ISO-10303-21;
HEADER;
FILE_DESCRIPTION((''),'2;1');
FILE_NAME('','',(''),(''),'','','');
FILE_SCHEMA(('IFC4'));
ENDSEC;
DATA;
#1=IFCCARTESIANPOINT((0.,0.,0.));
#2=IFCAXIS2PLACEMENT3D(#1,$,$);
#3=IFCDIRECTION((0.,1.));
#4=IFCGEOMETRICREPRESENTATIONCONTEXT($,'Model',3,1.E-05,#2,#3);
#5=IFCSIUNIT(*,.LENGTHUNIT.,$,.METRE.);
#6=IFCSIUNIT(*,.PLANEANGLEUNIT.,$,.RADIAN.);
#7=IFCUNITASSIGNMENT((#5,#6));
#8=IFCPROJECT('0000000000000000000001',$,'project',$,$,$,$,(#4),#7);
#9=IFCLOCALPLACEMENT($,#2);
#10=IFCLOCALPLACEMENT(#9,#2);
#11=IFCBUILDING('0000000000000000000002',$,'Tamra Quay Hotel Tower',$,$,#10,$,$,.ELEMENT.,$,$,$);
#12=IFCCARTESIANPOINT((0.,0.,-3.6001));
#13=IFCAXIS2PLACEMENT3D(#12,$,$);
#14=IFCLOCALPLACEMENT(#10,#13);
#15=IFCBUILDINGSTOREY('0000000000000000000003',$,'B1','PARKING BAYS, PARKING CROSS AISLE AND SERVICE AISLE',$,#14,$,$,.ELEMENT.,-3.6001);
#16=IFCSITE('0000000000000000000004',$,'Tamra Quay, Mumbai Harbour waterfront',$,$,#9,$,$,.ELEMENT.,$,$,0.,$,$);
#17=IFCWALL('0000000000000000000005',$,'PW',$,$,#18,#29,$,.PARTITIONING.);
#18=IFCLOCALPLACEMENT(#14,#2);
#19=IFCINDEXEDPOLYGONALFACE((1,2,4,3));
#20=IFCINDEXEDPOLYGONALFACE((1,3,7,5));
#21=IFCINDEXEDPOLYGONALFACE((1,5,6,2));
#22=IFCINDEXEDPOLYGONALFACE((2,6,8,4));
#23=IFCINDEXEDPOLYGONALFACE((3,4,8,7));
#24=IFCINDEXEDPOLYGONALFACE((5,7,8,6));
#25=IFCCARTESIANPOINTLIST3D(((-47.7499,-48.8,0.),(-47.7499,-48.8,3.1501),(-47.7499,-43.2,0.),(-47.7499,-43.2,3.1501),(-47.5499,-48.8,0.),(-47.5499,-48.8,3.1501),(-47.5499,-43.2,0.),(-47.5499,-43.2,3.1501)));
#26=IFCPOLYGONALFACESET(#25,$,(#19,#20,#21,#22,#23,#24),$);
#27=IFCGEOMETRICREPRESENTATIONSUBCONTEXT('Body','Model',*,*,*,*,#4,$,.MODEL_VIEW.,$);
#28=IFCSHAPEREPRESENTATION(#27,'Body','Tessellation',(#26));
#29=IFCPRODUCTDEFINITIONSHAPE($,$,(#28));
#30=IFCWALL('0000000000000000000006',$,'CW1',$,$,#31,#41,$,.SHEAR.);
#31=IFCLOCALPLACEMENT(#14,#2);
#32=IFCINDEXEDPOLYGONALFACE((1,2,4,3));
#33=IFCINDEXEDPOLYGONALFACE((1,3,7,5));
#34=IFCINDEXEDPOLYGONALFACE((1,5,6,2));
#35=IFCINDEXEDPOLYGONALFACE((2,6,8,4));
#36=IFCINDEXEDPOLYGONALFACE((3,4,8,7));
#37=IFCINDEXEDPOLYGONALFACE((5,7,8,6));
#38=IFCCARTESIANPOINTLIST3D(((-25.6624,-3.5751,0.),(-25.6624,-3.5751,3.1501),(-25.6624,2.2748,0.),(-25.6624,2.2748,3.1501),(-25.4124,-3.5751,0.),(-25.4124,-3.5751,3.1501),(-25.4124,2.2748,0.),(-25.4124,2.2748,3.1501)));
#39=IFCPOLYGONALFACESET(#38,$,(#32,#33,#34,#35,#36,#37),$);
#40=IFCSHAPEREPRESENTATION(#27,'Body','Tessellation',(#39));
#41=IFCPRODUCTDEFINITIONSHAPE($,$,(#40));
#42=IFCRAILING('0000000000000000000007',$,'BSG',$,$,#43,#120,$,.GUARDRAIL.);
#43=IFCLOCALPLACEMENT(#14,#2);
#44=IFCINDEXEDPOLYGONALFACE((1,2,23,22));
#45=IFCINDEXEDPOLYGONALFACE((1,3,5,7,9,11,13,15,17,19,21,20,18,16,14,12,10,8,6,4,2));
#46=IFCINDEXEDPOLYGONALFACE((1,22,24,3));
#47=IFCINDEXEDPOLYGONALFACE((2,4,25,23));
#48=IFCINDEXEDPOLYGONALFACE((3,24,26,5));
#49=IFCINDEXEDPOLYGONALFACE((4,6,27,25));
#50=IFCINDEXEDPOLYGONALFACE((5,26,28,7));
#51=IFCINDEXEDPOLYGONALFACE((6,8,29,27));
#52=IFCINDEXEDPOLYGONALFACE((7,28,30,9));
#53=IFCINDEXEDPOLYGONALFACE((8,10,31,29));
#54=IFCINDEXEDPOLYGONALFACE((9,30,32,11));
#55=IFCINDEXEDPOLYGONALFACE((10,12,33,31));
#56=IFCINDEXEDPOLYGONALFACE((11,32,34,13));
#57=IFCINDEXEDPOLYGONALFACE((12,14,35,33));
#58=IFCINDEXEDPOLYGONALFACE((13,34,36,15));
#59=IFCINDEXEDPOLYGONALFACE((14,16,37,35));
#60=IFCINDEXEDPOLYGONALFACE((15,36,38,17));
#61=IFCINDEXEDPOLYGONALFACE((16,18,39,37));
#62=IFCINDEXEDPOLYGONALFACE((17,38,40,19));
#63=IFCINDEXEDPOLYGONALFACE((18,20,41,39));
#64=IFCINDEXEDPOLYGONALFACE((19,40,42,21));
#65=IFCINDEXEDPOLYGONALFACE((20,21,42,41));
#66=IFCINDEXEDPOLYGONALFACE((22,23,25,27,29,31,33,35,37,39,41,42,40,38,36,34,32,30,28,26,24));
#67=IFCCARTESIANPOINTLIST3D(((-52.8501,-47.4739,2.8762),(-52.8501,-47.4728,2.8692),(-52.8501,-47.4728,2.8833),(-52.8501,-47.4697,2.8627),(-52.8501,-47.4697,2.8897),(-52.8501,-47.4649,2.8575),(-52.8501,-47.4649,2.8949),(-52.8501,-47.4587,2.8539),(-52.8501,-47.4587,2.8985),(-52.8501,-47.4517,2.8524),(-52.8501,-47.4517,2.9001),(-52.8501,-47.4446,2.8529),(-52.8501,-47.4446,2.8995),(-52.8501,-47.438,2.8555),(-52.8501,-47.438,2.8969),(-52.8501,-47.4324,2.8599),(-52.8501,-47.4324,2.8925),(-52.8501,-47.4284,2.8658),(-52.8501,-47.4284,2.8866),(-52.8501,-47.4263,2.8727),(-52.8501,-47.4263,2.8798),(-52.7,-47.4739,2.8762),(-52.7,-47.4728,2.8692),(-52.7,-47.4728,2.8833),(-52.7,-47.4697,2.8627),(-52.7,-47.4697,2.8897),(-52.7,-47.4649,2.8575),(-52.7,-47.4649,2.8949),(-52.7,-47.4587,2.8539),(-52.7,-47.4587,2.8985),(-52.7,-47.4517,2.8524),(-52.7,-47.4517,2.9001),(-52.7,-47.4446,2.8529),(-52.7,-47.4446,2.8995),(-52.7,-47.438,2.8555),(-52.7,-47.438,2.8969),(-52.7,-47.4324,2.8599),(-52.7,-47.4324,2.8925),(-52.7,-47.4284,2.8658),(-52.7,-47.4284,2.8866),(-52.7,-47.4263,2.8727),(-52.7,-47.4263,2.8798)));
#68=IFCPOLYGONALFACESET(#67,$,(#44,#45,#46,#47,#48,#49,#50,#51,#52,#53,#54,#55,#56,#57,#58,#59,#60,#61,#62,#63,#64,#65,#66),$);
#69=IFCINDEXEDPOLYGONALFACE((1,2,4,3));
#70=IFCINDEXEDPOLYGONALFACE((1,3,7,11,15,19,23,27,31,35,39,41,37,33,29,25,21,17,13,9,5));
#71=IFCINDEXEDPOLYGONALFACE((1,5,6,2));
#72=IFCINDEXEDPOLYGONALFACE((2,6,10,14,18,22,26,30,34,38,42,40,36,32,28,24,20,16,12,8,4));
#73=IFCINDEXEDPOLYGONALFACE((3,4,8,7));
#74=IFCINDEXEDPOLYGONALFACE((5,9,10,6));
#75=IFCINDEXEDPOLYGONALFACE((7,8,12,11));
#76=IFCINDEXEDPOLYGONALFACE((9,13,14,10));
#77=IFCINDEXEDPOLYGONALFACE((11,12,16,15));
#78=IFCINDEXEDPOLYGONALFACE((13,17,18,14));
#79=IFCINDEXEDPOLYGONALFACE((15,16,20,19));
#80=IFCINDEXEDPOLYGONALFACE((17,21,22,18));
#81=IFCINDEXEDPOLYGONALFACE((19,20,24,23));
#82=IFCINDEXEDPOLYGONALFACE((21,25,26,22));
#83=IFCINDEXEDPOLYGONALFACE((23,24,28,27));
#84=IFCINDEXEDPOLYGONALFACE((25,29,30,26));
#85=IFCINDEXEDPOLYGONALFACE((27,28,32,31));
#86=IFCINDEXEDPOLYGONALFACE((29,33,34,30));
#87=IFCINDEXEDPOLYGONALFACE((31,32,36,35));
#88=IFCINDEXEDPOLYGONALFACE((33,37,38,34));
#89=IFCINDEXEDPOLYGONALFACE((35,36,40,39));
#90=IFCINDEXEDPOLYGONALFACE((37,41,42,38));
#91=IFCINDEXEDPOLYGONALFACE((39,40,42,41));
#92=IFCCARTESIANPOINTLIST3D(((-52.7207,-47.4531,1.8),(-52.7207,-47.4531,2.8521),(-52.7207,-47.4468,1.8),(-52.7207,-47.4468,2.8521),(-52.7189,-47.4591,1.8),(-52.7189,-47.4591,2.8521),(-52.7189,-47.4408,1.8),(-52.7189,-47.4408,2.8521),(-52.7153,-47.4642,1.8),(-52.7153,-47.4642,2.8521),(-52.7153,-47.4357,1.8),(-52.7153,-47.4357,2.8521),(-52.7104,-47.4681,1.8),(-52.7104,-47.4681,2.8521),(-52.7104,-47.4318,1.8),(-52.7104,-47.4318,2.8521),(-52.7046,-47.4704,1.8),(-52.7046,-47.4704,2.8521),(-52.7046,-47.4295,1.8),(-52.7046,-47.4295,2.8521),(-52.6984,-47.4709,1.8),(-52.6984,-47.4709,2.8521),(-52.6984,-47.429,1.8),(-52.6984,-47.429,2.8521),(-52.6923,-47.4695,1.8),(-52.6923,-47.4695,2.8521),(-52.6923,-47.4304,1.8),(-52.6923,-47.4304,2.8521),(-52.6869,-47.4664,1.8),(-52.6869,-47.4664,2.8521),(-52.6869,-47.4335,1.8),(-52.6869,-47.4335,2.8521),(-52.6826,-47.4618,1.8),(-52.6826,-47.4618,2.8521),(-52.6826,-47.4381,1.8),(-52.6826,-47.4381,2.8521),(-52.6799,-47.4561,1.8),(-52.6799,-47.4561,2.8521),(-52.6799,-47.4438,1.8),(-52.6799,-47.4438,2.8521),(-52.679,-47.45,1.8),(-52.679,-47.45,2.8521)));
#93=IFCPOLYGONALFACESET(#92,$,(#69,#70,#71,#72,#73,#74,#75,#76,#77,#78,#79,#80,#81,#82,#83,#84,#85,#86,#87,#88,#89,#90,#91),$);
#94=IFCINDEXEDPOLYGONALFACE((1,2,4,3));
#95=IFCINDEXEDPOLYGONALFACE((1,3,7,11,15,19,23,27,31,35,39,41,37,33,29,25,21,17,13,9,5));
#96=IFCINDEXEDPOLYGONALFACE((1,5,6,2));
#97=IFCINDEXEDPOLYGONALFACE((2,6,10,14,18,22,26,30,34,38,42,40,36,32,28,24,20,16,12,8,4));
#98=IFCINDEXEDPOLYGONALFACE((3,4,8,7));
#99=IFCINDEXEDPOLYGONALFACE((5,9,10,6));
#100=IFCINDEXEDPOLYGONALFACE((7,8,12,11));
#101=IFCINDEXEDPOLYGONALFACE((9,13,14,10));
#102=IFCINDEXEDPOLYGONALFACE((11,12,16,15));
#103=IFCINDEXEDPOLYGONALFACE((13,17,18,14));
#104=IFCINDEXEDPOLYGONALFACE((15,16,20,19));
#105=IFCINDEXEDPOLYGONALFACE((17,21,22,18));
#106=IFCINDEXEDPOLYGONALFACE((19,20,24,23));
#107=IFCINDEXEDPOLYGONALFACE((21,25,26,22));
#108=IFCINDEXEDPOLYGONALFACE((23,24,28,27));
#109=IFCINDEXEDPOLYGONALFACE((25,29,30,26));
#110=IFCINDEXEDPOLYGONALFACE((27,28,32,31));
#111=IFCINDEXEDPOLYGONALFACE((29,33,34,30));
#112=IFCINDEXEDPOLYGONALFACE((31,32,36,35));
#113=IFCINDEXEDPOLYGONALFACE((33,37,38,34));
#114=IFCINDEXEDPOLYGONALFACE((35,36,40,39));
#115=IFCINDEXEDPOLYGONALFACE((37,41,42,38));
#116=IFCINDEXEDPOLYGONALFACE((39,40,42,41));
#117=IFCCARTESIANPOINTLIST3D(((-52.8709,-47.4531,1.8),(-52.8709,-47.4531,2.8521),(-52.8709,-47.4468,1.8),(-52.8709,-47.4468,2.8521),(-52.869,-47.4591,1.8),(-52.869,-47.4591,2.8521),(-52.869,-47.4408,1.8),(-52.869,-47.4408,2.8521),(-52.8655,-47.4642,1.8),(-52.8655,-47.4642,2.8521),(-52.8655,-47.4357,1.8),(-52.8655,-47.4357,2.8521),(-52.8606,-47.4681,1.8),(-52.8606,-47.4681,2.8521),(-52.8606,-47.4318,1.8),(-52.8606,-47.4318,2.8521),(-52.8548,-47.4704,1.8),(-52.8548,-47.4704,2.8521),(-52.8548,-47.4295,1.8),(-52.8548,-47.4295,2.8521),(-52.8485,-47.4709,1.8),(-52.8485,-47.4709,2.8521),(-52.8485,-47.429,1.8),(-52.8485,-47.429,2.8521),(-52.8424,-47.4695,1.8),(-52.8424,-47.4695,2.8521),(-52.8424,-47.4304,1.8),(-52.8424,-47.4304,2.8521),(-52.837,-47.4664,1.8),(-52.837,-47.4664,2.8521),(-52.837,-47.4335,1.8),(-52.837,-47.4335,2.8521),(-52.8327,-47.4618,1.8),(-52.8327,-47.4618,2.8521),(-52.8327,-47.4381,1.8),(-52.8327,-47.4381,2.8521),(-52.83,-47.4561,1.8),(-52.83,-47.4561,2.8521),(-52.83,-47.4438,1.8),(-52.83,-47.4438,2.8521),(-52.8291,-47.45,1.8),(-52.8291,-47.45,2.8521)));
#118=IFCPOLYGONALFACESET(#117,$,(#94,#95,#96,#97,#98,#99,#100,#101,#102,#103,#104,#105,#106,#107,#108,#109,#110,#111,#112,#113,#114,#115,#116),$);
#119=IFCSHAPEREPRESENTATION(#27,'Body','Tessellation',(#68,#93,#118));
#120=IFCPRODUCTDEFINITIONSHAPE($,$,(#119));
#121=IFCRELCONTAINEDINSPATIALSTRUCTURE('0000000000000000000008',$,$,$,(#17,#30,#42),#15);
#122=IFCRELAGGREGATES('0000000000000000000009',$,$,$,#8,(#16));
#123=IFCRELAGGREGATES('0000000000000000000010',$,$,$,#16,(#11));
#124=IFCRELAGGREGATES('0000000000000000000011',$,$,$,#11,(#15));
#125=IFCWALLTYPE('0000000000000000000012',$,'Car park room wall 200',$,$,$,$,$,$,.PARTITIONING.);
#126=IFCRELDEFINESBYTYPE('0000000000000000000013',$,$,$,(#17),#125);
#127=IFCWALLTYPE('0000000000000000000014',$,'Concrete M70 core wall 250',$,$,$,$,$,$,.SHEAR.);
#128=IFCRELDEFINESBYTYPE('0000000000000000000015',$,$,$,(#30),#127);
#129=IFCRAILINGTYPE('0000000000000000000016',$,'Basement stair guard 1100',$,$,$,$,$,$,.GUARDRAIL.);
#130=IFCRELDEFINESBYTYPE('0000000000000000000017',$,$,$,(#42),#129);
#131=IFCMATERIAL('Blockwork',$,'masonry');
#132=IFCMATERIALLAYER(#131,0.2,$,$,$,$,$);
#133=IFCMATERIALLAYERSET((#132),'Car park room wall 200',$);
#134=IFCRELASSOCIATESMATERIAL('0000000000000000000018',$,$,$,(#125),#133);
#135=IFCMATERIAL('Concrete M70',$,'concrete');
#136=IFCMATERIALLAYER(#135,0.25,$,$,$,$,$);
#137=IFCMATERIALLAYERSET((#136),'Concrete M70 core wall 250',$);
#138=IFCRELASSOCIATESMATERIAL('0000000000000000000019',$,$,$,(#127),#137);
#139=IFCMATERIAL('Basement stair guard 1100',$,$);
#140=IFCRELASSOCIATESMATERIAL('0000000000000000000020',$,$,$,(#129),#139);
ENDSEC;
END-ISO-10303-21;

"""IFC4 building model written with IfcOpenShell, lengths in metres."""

from ifc_helpers import new_model, si_unit, direction, frame, frame_2d, origin, origin_2d, place, context, subcontext, project, spatial, rectangle, circle, extrude, material, layer, layer_set, type_object, element, save


model = new_model("IFC4")

# Units and contexts
model_context = context("Model", 3, precision=1e-05, world=origin(), true_north=direction((0.0, 1.0)))
body_context = subcontext(model_context, "Body", "Model", "MODEL_VIEW")
ifc_project = project(units=[si_unit("LENGTHUNIT", "METRE"), si_unit("PLANEANGLEUNIT", "RADIAN")], contexts=[model_context])

# Site, building, storey
site_placement = place(None, origin())
site = spatial("IfcSite", under=ifc_project, at=site_placement, Name="Tamra Quay, Mumbai Harbour waterfront", CompositionType="ELEMENT", RefElevation=0.0)
building_placement = place(site_placement, origin())
building = spatial("IfcBuilding", under=site, at=building_placement, Name="Tamra Quay Hotel Tower", CompositionType="ELEMENT")
storey_placement = place(building_placement, frame((0.0, 0.0, -3.6001)))
storey = spatial("IfcBuildingStorey", under=building, at=storey_placement, Name="B1", Description="PARKING BAYS, PARKING CROSS AISLE AND SERVICE AISLE", CompositionType="ELEMENT", Elevation=-3.6001)

# Shared definitions
ifc_material_1 = material(Name="Concrete M70", Category="concrete")

# Shared definitions
ifc_material_2 = material(Name="Blockwork", Category="masonry")
ifc_layer_1 = layer(ifc_material_2, 0.2)
ifc_layer_set_1 = layer_set([ifc_layer_1], Name="Car park room wall 200")
wall_type_1 = type_object("IfcWallType", Name="Car park room wall 200", PredefinedType="PARTITIONING", material=ifc_layer_set_1)

# Walls
wall_1_placement = place(storey_placement, frame((-47.6499, -48.8, 0.0), z_axis=(0.0, 0.0, 1.0), x_axis=(0.0, 1.0, 0.0)))
element("IfcWall", 1, at=wall_1_placement, inside=storey, type_object=wall_type_1, Name="PW", PredefinedType="PARTITIONING", context=body_context, shape_type="SweptSolid", body=[
    extrude(rectangle(XDim=5.6001, YDim=0.2, at=frame_2d((2.8, 0.0))), origin(), (0.0, 0.0, 1.0), 3.1501),
])
ifc_layer_2 = layer(ifc_material_1, 0.25)
ifc_layer_set_2 = layer_set([ifc_layer_2], Name="Concrete M70 core wall 250")
wall_type_2 = type_object("IfcWallType", Name="Concrete M70 core wall 250", PredefinedType="SHEAR", material=ifc_layer_set_2)
wall_2_placement = place(storey_placement, frame((-25.5374, -3.575, 0.0), z_axis=(0.0, 0.0, 1.0), x_axis=(0.0, 1.0, 0.0)))
element("IfcWall", 2, at=wall_2_placement, inside=storey, type_object=wall_type_2, Name="CW1", PredefinedType="SHEAR", context=body_context, shape_type="SweptSolid", body=[
    extrude(rectangle(XDim=5.8499, YDim=0.25, at=frame_2d((2.9248, 0.0))), origin(), (0.0, 0.0, 1.0), 3.1501),
])

# Railing
ifc_material_3 = material(Name="Basement stair guard 1100")
railing_type = type_object("IfcRailingType", Name="Basement stair guard 1100", PredefinedType="GUARDRAIL", material=ifc_material_3)
railing_placement = place(storey_placement, frame((-52.7, -47.45, 1.8)))
element("IfcRailing", 3, at=railing_placement, inside=storey, type_object=railing_type, Name="BSG", PredefinedType="GUARDRAIL", context=body_context, shape_type="SweptSolid", body=[
    extrude(circle(Radius=0.0239, at=origin_2d()), frame((0.0, 0.0, 1.0762), z_axis=(-1.0, 0.0, 0.0), x_axis=(0.0, -1.0, 0.0)), (0.0, 0.0, 1.0), 0.1501),
    extrude(circle(Radius=0.021, at=origin_2d()), origin(), (0.0, 0.0, 1.0), 1.052),
    extrude(circle(Radius=0.021, at=origin_2d()), frame((-0.1501, 0.0, 0.0)), (0.0, 0.0, 1.0), 1.052),
])

save(model, "model.ifc")
